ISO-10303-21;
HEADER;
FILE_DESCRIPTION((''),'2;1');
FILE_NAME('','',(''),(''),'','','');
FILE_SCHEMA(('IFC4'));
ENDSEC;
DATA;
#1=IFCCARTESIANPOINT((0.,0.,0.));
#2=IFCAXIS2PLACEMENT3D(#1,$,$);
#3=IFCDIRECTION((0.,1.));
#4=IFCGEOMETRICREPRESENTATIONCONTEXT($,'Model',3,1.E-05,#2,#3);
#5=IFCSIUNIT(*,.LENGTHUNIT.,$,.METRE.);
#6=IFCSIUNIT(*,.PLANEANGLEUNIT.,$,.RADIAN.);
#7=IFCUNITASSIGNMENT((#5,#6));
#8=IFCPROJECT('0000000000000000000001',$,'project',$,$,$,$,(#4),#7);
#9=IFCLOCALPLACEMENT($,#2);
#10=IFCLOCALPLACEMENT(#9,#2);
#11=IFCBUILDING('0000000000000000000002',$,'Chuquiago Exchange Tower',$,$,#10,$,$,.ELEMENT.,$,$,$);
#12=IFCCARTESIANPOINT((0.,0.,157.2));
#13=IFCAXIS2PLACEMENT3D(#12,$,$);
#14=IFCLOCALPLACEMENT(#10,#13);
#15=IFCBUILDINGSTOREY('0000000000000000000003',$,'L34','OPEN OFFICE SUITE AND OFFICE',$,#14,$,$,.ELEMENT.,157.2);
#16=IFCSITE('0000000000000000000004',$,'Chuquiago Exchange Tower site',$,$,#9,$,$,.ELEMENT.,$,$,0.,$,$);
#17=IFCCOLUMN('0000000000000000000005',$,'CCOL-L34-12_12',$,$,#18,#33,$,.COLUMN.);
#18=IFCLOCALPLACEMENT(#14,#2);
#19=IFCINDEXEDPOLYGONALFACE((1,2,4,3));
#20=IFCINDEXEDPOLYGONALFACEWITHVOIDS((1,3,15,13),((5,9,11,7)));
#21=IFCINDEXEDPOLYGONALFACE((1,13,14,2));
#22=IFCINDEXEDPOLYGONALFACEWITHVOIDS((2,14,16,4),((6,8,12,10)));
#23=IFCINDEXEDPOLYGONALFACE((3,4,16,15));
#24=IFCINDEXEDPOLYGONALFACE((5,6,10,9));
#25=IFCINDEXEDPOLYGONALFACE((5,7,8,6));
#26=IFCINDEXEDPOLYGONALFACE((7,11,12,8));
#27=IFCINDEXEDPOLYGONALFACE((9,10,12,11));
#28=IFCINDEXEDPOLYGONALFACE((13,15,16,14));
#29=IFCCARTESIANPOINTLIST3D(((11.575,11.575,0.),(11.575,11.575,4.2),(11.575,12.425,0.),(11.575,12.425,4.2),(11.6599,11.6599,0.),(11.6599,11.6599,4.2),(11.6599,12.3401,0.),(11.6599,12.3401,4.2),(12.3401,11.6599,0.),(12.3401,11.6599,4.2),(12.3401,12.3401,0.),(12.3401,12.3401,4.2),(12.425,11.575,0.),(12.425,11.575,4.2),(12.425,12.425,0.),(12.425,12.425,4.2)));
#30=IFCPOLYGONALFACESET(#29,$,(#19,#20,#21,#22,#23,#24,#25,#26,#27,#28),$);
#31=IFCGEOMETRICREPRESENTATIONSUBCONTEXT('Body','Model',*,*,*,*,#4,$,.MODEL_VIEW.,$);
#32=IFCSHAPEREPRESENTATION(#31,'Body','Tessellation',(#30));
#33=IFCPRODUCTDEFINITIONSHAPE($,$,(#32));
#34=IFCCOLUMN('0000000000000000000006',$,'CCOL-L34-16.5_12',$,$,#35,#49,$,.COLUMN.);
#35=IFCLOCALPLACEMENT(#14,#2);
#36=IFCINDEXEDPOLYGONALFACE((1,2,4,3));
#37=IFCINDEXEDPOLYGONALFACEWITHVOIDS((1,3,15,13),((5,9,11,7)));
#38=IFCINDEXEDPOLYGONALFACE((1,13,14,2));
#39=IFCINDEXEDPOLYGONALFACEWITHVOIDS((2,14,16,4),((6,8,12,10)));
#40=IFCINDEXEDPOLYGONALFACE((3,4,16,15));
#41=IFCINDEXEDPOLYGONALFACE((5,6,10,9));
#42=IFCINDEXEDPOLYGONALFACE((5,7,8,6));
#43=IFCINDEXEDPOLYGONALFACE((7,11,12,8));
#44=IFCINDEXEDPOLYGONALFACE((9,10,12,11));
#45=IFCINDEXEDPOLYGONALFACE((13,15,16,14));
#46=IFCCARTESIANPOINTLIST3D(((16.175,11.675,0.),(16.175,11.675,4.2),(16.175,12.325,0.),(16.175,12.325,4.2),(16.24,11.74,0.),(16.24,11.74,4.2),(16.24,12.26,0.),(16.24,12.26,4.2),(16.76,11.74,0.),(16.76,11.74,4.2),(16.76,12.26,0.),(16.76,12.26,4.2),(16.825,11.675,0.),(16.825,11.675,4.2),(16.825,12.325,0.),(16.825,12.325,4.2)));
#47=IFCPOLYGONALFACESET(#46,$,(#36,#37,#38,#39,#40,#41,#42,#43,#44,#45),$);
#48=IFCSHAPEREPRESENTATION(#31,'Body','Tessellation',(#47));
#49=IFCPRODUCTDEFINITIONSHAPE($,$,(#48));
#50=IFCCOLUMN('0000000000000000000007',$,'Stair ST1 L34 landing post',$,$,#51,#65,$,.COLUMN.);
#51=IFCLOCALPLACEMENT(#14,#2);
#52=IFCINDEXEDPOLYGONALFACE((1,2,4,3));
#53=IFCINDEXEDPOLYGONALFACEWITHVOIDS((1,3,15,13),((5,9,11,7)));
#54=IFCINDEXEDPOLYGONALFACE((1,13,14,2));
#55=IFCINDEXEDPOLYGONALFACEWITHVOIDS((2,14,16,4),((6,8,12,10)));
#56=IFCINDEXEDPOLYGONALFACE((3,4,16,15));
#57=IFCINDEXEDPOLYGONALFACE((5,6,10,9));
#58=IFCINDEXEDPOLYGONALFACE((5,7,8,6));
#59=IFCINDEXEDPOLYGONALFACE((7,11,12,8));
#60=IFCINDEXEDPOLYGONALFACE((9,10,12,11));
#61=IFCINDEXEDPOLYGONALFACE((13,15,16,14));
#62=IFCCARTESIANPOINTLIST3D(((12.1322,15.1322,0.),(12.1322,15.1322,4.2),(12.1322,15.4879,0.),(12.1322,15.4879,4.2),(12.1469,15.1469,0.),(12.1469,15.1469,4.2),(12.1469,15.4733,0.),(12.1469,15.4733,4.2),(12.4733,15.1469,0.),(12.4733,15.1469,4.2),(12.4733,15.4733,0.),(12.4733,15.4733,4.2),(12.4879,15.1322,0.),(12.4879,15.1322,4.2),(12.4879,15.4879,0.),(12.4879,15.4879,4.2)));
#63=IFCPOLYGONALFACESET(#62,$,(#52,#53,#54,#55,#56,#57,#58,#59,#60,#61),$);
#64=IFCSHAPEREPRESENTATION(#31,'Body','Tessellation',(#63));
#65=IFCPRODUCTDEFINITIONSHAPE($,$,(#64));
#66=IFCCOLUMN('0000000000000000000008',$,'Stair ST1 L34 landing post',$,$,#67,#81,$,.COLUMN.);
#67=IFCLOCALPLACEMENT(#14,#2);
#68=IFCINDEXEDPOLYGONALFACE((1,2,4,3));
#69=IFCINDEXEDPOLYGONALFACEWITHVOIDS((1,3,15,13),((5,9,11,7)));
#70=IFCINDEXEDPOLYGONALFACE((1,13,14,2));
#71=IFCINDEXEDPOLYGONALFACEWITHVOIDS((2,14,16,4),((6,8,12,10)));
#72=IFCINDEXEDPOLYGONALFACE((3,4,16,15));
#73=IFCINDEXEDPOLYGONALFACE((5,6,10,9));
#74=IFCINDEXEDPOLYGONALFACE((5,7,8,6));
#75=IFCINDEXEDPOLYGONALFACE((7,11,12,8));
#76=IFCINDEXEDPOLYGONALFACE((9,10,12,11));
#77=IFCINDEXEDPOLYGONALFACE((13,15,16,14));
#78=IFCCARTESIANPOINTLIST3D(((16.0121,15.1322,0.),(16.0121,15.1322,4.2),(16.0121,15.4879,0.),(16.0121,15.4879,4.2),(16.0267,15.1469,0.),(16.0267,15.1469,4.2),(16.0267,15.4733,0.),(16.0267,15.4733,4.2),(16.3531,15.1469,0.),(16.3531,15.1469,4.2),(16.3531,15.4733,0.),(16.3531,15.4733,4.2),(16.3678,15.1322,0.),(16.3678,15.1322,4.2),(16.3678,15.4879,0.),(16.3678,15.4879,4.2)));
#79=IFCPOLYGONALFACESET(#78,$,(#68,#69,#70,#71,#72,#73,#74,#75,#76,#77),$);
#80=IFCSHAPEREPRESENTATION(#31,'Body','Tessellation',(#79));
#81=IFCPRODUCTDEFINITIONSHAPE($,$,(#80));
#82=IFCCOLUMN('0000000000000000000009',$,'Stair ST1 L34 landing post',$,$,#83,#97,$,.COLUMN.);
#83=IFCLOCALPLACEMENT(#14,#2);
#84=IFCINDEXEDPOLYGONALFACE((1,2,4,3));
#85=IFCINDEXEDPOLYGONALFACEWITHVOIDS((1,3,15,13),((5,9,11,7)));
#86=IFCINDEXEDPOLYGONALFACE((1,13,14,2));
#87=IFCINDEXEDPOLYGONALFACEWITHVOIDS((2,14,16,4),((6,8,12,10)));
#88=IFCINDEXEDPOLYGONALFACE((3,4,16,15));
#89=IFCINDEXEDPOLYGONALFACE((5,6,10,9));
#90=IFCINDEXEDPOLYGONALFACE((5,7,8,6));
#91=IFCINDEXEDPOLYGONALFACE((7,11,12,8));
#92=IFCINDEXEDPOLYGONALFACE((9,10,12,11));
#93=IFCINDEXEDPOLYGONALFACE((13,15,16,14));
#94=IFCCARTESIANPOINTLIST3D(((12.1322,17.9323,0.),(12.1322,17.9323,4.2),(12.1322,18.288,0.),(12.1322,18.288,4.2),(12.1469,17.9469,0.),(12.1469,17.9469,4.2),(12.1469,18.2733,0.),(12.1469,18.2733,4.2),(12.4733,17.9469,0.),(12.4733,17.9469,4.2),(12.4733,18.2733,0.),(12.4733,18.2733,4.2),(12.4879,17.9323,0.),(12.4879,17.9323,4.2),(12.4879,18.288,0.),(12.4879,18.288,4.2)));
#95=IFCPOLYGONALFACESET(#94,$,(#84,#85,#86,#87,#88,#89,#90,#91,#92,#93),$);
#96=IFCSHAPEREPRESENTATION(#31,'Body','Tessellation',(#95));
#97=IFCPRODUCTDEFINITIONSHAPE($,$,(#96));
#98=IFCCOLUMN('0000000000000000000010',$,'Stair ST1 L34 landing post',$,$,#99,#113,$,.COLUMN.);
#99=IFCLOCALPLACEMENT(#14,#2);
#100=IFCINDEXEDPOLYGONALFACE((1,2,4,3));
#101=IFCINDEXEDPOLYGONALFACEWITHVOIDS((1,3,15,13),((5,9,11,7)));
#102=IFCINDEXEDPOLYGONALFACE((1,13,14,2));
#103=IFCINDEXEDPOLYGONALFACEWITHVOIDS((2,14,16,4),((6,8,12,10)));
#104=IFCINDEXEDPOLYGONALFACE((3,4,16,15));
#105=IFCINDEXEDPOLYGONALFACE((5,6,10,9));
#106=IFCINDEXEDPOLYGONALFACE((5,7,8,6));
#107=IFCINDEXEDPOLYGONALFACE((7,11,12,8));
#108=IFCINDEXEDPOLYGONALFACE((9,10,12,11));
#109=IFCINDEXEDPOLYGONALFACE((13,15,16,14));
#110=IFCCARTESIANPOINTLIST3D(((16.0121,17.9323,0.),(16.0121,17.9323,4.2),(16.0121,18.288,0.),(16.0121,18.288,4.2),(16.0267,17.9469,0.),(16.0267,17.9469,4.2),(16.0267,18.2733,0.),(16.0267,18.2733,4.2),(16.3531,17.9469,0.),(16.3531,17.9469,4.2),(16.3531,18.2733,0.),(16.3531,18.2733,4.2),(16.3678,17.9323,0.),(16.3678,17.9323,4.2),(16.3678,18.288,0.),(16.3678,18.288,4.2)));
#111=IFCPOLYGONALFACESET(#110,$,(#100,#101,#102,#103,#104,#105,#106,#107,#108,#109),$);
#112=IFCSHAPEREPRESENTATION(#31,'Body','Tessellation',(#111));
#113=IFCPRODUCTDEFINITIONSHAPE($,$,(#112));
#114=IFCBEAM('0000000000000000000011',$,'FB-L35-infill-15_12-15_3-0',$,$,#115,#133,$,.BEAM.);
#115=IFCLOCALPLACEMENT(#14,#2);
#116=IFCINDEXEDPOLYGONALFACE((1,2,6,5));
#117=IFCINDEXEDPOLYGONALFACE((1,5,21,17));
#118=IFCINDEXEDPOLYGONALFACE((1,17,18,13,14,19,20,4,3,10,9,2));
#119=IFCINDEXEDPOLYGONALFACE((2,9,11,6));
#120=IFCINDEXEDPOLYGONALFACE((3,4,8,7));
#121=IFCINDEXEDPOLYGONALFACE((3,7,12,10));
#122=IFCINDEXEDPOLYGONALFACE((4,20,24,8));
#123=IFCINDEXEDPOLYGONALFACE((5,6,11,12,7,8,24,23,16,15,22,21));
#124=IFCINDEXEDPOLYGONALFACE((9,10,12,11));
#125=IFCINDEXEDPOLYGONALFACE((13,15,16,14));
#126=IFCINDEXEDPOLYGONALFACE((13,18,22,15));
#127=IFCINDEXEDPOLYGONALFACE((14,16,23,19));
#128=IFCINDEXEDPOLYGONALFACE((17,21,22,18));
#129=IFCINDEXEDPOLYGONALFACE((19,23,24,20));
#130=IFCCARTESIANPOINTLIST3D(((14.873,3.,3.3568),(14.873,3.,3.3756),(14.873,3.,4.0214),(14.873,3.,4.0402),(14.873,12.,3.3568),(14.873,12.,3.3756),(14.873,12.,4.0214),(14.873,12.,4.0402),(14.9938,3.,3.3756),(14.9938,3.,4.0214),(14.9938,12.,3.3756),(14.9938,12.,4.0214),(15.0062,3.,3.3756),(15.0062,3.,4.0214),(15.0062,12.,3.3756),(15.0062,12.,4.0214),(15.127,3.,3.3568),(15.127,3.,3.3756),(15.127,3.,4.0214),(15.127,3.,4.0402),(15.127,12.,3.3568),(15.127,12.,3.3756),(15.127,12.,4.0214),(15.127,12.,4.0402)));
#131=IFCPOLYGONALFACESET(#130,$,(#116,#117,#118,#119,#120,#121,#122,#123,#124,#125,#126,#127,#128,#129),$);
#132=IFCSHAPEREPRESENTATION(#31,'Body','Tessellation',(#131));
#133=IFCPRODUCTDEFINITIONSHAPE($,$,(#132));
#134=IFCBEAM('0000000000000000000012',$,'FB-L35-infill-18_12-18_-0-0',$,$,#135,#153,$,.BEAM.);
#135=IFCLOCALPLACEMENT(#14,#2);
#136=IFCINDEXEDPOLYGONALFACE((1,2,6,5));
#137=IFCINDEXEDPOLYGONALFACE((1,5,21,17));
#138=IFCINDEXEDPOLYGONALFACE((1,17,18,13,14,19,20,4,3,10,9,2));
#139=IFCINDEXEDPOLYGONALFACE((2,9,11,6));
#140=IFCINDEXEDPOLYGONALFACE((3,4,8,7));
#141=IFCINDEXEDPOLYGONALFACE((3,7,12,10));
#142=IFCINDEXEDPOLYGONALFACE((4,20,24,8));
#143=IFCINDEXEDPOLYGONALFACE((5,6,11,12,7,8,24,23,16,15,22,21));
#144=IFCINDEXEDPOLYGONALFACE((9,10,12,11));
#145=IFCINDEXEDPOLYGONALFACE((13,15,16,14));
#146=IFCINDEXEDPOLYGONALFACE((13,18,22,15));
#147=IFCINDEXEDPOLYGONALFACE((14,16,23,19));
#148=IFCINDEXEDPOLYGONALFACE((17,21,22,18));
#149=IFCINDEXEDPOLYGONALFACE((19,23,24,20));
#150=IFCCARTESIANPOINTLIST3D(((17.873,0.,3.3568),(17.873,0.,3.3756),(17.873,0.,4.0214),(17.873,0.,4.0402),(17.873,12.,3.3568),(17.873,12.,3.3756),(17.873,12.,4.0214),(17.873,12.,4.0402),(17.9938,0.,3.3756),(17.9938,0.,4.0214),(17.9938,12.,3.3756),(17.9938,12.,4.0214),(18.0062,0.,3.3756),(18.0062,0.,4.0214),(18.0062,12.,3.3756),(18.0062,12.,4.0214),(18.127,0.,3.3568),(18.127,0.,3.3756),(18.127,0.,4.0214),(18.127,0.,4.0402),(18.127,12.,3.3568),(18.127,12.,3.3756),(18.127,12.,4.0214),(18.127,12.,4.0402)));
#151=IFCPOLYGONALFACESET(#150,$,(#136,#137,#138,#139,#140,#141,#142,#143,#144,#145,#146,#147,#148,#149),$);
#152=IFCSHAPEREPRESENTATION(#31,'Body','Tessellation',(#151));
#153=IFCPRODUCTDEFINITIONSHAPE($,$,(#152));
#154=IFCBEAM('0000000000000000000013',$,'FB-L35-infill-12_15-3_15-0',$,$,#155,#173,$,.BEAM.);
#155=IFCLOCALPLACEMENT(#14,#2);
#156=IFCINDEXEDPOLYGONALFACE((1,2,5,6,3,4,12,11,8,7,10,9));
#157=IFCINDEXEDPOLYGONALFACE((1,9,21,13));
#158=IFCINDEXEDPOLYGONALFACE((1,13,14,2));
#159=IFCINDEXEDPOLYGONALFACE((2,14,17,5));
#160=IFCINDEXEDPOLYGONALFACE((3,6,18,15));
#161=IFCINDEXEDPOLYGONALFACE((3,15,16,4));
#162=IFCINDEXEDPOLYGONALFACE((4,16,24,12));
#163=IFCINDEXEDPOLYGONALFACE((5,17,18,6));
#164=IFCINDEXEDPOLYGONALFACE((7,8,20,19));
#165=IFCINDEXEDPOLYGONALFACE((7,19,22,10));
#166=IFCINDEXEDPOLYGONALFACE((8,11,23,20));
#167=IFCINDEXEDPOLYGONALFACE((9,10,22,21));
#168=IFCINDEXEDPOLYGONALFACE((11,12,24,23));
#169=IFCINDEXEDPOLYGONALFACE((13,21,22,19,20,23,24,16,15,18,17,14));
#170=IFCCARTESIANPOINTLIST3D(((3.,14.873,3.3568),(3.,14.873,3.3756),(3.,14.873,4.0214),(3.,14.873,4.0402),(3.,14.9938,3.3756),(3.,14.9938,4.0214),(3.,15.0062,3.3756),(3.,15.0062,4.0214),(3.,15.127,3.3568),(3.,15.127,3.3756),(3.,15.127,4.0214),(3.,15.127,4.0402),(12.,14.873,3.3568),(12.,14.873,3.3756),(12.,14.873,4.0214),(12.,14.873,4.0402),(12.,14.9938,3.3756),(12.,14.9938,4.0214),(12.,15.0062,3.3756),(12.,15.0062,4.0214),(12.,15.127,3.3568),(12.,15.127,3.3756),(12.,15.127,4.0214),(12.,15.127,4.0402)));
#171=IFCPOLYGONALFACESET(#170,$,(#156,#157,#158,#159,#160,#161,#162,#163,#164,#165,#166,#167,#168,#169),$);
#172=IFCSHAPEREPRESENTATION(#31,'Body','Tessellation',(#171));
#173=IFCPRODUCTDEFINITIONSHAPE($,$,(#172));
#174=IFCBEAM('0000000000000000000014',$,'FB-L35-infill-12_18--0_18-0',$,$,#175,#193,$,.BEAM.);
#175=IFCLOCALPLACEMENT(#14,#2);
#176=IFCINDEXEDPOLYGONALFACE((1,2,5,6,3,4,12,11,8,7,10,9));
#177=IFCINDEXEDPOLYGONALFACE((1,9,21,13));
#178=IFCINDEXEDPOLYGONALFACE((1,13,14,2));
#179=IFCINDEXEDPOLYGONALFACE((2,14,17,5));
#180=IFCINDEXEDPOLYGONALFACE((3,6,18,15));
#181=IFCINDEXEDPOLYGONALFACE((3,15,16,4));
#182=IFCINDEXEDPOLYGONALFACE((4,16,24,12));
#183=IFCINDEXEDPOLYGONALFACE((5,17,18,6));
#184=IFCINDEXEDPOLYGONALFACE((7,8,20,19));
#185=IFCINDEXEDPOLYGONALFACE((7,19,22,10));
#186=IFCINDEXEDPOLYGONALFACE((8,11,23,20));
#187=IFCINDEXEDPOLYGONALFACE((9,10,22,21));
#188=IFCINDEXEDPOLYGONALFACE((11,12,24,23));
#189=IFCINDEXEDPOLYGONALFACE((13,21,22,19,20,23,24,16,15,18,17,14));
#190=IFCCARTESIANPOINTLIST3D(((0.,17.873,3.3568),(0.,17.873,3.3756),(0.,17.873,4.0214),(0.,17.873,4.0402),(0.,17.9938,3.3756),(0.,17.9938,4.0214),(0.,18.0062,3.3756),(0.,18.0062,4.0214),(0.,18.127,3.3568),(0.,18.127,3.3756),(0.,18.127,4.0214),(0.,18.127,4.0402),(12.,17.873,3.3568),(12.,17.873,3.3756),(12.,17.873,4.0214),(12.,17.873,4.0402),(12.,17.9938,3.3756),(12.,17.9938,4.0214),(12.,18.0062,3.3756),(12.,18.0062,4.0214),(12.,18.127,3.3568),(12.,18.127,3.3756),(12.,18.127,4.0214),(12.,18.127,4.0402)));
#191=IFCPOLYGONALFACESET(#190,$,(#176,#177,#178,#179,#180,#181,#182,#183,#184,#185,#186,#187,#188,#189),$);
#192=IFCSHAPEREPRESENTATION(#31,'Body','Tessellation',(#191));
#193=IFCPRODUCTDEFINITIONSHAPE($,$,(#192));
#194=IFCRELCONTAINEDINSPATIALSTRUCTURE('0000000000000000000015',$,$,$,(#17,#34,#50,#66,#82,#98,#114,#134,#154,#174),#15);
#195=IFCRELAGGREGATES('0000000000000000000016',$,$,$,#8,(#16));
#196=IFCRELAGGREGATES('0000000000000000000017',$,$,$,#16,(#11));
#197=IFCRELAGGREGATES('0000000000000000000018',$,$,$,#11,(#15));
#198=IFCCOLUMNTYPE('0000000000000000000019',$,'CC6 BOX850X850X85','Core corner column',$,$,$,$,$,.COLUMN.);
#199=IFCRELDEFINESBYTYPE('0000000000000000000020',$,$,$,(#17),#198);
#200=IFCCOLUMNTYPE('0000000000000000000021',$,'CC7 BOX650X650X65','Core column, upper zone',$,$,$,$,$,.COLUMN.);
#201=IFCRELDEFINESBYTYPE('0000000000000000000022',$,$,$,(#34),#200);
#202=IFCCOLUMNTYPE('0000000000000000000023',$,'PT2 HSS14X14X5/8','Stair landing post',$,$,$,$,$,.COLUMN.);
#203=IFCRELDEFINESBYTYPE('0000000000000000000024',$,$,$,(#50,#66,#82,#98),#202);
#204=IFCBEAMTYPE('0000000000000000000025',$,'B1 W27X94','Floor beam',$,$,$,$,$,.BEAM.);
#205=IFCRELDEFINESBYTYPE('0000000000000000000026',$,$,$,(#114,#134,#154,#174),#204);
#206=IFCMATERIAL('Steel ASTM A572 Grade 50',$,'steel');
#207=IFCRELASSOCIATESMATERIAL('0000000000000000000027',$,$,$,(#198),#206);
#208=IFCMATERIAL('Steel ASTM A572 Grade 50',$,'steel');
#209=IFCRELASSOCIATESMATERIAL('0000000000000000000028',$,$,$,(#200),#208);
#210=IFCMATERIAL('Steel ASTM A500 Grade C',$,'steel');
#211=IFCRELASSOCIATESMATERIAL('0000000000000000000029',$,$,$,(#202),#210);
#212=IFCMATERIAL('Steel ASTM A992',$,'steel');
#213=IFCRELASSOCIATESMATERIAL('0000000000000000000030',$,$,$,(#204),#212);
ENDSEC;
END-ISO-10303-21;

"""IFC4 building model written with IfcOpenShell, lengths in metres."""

from ifc_helpers import new_model, si_unit, direction, frame, origin, origin_2d, place, context, subcontext, project, spatial, hollow_rectangle, i_section, extrude, material, material_profile, profile_set, type_object, element, save


model = new_model("IFC4")

# Units and contexts
model_context = context("Model", 3, precision=1e-05, world=origin(), true_north=direction((0.0, 1.0)))
body_context = subcontext(model_context, "Body", "Model", "MODEL_VIEW")
ifc_project = project(units=[si_unit("LENGTHUNIT", "METRE"), si_unit("PLANEANGLEUNIT", "RADIAN")], contexts=[model_context])

# Site, building, storey
site_placement = place(None, origin())
site = spatial("IfcSite", under=ifc_project, at=site_placement, Name="Chuquiago Exchange Tower site", CompositionType="ELEMENT", RefElevation=0.0)
building_placement = place(site_placement, origin())
building = spatial("IfcBuilding", under=site, at=building_placement, Name="Chuquiago Exchange Tower", CompositionType="ELEMENT")
storey_placement = place(building_placement, frame((0.0, 0.0, 157.2)))
storey = spatial("IfcBuildingStorey", under=building, at=storey_placement, Name="L34", Description="OPEN OFFICE SUITE AND OFFICE", CompositionType="ELEMENT", Elevation=157.2)

# Columns
ifc_material_1 = material(Name="Steel ASTM A572 Grade 50", Category="steel")
ifc_material_profile_1 = material_profile(ifc_material_1, hollow_rectangle(XDim=0.8501, YDim=0.8501, WallThickness=0.085, at=origin_2d()), Name="BOX850X850X85")
ifc_profile_set_1 = profile_set([ifc_material_profile_1], Name="Steel ASTM A572 Grade 50")
column_type_1 = type_object("IfcColumnType", Name="CC6 BOX850X850X85", Description="Core corner column", PredefinedType="COLUMN", material=ifc_profile_set_1)
column_1_placement = place(storey_placement, frame((12.0, 12.0, 0.0), z_axis=(0.0, 0.0, 1.0), x_axis=(1.0, 0.0, 0.0)))
element("IfcColumn", 1, at=column_1_placement, inside=storey, type_object=column_type_1, Name="CCOL-L34-12_12", PredefinedType="COLUMN", context=body_context, shape_type="SweptSolid", body=[
    extrude(hollow_rectangle(XDim=0.8501, YDim=0.8501, WallThickness=0.085, at=origin_2d()), origin(), (0.0, 0.0, 1.0), 4.2),
])
ifc_material_2 = material(Name="Steel ASTM A572 Grade 50", Category="steel")
ifc_material_profile_2 = material_profile(ifc_material_2, hollow_rectangle(XDim=0.6499, YDim=0.6499, WallThickness=0.0649, at=origin_2d()), Name="BOX650X650X65")
ifc_profile_set_2 = profile_set([ifc_material_profile_2], Name="Steel ASTM A572 Grade 50")
column_type_2 = type_object("IfcColumnType", Name="CC7 BOX650X650X65", Description="Core column, upper zone", PredefinedType="COLUMN", material=ifc_profile_set_2)
column_2_placement = place(storey_placement, frame((16.5, 12.0, 0.0), z_axis=(0.0, 0.0, 1.0), x_axis=(1.0, 0.0, 0.0)))
element("IfcColumn", 2, at=column_2_placement, inside=storey, type_object=column_type_2, Name="CCOL-L34-16.5_12", PredefinedType="COLUMN", context=body_context, shape_type="SweptSolid", body=[
    extrude(hollow_rectangle(XDim=0.6499, YDim=0.6499, WallThickness=0.0649, at=origin_2d()), origin(), (0.0, 0.0, 1.0), 4.2),
])
ifc_material_3 = material(Name="Steel ASTM A500 Grade C", Category="steel")
ifc_material_profile_3 = material_profile(ifc_material_3, hollow_rectangle(XDim=0.3557, YDim=0.3557, WallThickness=0.0146, at=origin_2d()), Name="HSS14X14X5/8")
ifc_profile_set_3 = profile_set([ifc_material_profile_3], Name="Steel ASTM A500 Grade C")
column_type_3 = type_object("IfcColumnType", Name="PT2 HSS14X14X5/8", Description="Stair landing post", PredefinedType="COLUMN", material=ifc_profile_set_3)
for number, where, z_axis, x_axis, name in (
    (3, (12.3101, 15.3101, 0.0), (0.0, 0.0, 1.0), (1.0, 0.0, 0.0), "Stair ST1 L34 landing post"),
    (4, (16.1899, 15.3101, 0.0), (0.0, 0.0, 1.0), (1.0, 0.0, 0.0), "Stair ST1 L34 landing post"),
    (5, (12.3101, 18.1101, 0.0), (0.0, 0.0, 1.0), (1.0, 0.0, 0.0), "Stair ST1 L34 landing post"),
    (6, (16.1899, 18.1101, 0.0), (0.0, 0.0, 1.0), (1.0, 0.0, 0.0), "Stair ST1 L34 landing post"),
):
    element("IfcColumn", number, at=place(storey_placement, frame(where, z_axis=z_axis, x_axis=x_axis)), inside=storey, type_object=column_type_3, Name=name, PredefinedType="COLUMN", context=body_context, shape_type="SweptSolid", body=[
        extrude(hollow_rectangle(XDim=0.3557, YDim=0.3557, WallThickness=0.0146, at=origin_2d()), origin(), (0.0, 0.0, 1.0), 4.2),
    ])

# Beams
ifc_material_4 = material(Name="Steel ASTM A992", Category="steel")
ifc_material_profile_4 = material_profile(ifc_material_4, i_section(OverallWidth=0.2539, OverallDepth=0.6833, WebThickness=0.0125, FlangeThickness=0.0188, at=origin_2d()), Name="W27X94")
ifc_profile_set_4 = profile_set([ifc_material_profile_4], Name="Steel ASTM A992")
beam_type_1 = type_object("IfcBeamType", Name="B1 W27X94", Description="Floor beam", PredefinedType="BEAM", material=ifc_profile_set_4)
beam_1_placement = place(storey_placement, frame((15.0, 12.0, 3.6985), z_axis=(0.0, -1.0, 0.0), x_axis=(1.0, 0.0, 0.0)))
element("IfcBeam", 7, at=beam_1_placement, inside=storey, type_object=beam_type_1, Name="FB-L35-infill-15_12-15_3-0", PredefinedType="BEAM", context=body_context, shape_type="SweptSolid", body=[
    extrude(i_section(OverallWidth=0.2539, OverallDepth=0.6833, WebThickness=0.0125, FlangeThickness=0.0188, at=origin_2d()), origin(), (0.0, 0.0, 1.0), 9.0),
])
beam_2_placement = place(storey_placement, frame((18.0, 12.0, 3.6985), z_axis=(0.0, -1.0, 0.0), x_axis=(1.0, 0.0, 0.0)))
element("IfcBeam", 8, at=beam_2_placement, inside=storey, type_object=beam_type_1, Name="FB-L35-infill-18_12-18_-0-0", PredefinedType="BEAM", context=body_context, shape_type="SweptSolid", body=[
    extrude(i_section(OverallWidth=0.2539, OverallDepth=0.6833, WebThickness=0.0125, FlangeThickness=0.0188, at=origin_2d()), origin(), (0.0, 0.0, 1.0), 12.0),
])
beam_3_placement = place(storey_placement, frame((12.0, 15.0, 3.6985), z_axis=(-1.0, 0.0, 0.0), x_axis=(0.0, -1.0, 0.0)))
element("IfcBeam", 9, at=beam_3_placement, inside=storey, type_object=beam_type_1, Name="FB-L35-infill-12_15-3_15-0", PredefinedType="BEAM", context=body_context, shape_type="SweptSolid", body=[
    extrude(i_section(OverallWidth=0.2539, OverallDepth=0.6833, WebThickness=0.0125, FlangeThickness=0.0188, at=origin_2d()), origin(), (0.0, 0.0, 1.0), 9.0),
])
beam_4_placement = place(storey_placement, frame((12.0, 18.0, 3.6985), z_axis=(-1.0, 0.0, 0.0), x_axis=(0.0, -1.0, 0.0)))
element("IfcBeam", 10, at=beam_4_placement, inside=storey, type_object=beam_type_1, Name="FB-L35-infill-12_18--0_18-0", PredefinedType="BEAM", context=body_context, shape_type="SweptSolid", body=[
    extrude(i_section(OverallWidth=0.2539, OverallDepth=0.6833, WebThickness=0.0125, FlangeThickness=0.0188, at=origin_2d()), origin(), (0.0, 0.0, 1.0), 12.0),
])

save(model, "model.ifc")
